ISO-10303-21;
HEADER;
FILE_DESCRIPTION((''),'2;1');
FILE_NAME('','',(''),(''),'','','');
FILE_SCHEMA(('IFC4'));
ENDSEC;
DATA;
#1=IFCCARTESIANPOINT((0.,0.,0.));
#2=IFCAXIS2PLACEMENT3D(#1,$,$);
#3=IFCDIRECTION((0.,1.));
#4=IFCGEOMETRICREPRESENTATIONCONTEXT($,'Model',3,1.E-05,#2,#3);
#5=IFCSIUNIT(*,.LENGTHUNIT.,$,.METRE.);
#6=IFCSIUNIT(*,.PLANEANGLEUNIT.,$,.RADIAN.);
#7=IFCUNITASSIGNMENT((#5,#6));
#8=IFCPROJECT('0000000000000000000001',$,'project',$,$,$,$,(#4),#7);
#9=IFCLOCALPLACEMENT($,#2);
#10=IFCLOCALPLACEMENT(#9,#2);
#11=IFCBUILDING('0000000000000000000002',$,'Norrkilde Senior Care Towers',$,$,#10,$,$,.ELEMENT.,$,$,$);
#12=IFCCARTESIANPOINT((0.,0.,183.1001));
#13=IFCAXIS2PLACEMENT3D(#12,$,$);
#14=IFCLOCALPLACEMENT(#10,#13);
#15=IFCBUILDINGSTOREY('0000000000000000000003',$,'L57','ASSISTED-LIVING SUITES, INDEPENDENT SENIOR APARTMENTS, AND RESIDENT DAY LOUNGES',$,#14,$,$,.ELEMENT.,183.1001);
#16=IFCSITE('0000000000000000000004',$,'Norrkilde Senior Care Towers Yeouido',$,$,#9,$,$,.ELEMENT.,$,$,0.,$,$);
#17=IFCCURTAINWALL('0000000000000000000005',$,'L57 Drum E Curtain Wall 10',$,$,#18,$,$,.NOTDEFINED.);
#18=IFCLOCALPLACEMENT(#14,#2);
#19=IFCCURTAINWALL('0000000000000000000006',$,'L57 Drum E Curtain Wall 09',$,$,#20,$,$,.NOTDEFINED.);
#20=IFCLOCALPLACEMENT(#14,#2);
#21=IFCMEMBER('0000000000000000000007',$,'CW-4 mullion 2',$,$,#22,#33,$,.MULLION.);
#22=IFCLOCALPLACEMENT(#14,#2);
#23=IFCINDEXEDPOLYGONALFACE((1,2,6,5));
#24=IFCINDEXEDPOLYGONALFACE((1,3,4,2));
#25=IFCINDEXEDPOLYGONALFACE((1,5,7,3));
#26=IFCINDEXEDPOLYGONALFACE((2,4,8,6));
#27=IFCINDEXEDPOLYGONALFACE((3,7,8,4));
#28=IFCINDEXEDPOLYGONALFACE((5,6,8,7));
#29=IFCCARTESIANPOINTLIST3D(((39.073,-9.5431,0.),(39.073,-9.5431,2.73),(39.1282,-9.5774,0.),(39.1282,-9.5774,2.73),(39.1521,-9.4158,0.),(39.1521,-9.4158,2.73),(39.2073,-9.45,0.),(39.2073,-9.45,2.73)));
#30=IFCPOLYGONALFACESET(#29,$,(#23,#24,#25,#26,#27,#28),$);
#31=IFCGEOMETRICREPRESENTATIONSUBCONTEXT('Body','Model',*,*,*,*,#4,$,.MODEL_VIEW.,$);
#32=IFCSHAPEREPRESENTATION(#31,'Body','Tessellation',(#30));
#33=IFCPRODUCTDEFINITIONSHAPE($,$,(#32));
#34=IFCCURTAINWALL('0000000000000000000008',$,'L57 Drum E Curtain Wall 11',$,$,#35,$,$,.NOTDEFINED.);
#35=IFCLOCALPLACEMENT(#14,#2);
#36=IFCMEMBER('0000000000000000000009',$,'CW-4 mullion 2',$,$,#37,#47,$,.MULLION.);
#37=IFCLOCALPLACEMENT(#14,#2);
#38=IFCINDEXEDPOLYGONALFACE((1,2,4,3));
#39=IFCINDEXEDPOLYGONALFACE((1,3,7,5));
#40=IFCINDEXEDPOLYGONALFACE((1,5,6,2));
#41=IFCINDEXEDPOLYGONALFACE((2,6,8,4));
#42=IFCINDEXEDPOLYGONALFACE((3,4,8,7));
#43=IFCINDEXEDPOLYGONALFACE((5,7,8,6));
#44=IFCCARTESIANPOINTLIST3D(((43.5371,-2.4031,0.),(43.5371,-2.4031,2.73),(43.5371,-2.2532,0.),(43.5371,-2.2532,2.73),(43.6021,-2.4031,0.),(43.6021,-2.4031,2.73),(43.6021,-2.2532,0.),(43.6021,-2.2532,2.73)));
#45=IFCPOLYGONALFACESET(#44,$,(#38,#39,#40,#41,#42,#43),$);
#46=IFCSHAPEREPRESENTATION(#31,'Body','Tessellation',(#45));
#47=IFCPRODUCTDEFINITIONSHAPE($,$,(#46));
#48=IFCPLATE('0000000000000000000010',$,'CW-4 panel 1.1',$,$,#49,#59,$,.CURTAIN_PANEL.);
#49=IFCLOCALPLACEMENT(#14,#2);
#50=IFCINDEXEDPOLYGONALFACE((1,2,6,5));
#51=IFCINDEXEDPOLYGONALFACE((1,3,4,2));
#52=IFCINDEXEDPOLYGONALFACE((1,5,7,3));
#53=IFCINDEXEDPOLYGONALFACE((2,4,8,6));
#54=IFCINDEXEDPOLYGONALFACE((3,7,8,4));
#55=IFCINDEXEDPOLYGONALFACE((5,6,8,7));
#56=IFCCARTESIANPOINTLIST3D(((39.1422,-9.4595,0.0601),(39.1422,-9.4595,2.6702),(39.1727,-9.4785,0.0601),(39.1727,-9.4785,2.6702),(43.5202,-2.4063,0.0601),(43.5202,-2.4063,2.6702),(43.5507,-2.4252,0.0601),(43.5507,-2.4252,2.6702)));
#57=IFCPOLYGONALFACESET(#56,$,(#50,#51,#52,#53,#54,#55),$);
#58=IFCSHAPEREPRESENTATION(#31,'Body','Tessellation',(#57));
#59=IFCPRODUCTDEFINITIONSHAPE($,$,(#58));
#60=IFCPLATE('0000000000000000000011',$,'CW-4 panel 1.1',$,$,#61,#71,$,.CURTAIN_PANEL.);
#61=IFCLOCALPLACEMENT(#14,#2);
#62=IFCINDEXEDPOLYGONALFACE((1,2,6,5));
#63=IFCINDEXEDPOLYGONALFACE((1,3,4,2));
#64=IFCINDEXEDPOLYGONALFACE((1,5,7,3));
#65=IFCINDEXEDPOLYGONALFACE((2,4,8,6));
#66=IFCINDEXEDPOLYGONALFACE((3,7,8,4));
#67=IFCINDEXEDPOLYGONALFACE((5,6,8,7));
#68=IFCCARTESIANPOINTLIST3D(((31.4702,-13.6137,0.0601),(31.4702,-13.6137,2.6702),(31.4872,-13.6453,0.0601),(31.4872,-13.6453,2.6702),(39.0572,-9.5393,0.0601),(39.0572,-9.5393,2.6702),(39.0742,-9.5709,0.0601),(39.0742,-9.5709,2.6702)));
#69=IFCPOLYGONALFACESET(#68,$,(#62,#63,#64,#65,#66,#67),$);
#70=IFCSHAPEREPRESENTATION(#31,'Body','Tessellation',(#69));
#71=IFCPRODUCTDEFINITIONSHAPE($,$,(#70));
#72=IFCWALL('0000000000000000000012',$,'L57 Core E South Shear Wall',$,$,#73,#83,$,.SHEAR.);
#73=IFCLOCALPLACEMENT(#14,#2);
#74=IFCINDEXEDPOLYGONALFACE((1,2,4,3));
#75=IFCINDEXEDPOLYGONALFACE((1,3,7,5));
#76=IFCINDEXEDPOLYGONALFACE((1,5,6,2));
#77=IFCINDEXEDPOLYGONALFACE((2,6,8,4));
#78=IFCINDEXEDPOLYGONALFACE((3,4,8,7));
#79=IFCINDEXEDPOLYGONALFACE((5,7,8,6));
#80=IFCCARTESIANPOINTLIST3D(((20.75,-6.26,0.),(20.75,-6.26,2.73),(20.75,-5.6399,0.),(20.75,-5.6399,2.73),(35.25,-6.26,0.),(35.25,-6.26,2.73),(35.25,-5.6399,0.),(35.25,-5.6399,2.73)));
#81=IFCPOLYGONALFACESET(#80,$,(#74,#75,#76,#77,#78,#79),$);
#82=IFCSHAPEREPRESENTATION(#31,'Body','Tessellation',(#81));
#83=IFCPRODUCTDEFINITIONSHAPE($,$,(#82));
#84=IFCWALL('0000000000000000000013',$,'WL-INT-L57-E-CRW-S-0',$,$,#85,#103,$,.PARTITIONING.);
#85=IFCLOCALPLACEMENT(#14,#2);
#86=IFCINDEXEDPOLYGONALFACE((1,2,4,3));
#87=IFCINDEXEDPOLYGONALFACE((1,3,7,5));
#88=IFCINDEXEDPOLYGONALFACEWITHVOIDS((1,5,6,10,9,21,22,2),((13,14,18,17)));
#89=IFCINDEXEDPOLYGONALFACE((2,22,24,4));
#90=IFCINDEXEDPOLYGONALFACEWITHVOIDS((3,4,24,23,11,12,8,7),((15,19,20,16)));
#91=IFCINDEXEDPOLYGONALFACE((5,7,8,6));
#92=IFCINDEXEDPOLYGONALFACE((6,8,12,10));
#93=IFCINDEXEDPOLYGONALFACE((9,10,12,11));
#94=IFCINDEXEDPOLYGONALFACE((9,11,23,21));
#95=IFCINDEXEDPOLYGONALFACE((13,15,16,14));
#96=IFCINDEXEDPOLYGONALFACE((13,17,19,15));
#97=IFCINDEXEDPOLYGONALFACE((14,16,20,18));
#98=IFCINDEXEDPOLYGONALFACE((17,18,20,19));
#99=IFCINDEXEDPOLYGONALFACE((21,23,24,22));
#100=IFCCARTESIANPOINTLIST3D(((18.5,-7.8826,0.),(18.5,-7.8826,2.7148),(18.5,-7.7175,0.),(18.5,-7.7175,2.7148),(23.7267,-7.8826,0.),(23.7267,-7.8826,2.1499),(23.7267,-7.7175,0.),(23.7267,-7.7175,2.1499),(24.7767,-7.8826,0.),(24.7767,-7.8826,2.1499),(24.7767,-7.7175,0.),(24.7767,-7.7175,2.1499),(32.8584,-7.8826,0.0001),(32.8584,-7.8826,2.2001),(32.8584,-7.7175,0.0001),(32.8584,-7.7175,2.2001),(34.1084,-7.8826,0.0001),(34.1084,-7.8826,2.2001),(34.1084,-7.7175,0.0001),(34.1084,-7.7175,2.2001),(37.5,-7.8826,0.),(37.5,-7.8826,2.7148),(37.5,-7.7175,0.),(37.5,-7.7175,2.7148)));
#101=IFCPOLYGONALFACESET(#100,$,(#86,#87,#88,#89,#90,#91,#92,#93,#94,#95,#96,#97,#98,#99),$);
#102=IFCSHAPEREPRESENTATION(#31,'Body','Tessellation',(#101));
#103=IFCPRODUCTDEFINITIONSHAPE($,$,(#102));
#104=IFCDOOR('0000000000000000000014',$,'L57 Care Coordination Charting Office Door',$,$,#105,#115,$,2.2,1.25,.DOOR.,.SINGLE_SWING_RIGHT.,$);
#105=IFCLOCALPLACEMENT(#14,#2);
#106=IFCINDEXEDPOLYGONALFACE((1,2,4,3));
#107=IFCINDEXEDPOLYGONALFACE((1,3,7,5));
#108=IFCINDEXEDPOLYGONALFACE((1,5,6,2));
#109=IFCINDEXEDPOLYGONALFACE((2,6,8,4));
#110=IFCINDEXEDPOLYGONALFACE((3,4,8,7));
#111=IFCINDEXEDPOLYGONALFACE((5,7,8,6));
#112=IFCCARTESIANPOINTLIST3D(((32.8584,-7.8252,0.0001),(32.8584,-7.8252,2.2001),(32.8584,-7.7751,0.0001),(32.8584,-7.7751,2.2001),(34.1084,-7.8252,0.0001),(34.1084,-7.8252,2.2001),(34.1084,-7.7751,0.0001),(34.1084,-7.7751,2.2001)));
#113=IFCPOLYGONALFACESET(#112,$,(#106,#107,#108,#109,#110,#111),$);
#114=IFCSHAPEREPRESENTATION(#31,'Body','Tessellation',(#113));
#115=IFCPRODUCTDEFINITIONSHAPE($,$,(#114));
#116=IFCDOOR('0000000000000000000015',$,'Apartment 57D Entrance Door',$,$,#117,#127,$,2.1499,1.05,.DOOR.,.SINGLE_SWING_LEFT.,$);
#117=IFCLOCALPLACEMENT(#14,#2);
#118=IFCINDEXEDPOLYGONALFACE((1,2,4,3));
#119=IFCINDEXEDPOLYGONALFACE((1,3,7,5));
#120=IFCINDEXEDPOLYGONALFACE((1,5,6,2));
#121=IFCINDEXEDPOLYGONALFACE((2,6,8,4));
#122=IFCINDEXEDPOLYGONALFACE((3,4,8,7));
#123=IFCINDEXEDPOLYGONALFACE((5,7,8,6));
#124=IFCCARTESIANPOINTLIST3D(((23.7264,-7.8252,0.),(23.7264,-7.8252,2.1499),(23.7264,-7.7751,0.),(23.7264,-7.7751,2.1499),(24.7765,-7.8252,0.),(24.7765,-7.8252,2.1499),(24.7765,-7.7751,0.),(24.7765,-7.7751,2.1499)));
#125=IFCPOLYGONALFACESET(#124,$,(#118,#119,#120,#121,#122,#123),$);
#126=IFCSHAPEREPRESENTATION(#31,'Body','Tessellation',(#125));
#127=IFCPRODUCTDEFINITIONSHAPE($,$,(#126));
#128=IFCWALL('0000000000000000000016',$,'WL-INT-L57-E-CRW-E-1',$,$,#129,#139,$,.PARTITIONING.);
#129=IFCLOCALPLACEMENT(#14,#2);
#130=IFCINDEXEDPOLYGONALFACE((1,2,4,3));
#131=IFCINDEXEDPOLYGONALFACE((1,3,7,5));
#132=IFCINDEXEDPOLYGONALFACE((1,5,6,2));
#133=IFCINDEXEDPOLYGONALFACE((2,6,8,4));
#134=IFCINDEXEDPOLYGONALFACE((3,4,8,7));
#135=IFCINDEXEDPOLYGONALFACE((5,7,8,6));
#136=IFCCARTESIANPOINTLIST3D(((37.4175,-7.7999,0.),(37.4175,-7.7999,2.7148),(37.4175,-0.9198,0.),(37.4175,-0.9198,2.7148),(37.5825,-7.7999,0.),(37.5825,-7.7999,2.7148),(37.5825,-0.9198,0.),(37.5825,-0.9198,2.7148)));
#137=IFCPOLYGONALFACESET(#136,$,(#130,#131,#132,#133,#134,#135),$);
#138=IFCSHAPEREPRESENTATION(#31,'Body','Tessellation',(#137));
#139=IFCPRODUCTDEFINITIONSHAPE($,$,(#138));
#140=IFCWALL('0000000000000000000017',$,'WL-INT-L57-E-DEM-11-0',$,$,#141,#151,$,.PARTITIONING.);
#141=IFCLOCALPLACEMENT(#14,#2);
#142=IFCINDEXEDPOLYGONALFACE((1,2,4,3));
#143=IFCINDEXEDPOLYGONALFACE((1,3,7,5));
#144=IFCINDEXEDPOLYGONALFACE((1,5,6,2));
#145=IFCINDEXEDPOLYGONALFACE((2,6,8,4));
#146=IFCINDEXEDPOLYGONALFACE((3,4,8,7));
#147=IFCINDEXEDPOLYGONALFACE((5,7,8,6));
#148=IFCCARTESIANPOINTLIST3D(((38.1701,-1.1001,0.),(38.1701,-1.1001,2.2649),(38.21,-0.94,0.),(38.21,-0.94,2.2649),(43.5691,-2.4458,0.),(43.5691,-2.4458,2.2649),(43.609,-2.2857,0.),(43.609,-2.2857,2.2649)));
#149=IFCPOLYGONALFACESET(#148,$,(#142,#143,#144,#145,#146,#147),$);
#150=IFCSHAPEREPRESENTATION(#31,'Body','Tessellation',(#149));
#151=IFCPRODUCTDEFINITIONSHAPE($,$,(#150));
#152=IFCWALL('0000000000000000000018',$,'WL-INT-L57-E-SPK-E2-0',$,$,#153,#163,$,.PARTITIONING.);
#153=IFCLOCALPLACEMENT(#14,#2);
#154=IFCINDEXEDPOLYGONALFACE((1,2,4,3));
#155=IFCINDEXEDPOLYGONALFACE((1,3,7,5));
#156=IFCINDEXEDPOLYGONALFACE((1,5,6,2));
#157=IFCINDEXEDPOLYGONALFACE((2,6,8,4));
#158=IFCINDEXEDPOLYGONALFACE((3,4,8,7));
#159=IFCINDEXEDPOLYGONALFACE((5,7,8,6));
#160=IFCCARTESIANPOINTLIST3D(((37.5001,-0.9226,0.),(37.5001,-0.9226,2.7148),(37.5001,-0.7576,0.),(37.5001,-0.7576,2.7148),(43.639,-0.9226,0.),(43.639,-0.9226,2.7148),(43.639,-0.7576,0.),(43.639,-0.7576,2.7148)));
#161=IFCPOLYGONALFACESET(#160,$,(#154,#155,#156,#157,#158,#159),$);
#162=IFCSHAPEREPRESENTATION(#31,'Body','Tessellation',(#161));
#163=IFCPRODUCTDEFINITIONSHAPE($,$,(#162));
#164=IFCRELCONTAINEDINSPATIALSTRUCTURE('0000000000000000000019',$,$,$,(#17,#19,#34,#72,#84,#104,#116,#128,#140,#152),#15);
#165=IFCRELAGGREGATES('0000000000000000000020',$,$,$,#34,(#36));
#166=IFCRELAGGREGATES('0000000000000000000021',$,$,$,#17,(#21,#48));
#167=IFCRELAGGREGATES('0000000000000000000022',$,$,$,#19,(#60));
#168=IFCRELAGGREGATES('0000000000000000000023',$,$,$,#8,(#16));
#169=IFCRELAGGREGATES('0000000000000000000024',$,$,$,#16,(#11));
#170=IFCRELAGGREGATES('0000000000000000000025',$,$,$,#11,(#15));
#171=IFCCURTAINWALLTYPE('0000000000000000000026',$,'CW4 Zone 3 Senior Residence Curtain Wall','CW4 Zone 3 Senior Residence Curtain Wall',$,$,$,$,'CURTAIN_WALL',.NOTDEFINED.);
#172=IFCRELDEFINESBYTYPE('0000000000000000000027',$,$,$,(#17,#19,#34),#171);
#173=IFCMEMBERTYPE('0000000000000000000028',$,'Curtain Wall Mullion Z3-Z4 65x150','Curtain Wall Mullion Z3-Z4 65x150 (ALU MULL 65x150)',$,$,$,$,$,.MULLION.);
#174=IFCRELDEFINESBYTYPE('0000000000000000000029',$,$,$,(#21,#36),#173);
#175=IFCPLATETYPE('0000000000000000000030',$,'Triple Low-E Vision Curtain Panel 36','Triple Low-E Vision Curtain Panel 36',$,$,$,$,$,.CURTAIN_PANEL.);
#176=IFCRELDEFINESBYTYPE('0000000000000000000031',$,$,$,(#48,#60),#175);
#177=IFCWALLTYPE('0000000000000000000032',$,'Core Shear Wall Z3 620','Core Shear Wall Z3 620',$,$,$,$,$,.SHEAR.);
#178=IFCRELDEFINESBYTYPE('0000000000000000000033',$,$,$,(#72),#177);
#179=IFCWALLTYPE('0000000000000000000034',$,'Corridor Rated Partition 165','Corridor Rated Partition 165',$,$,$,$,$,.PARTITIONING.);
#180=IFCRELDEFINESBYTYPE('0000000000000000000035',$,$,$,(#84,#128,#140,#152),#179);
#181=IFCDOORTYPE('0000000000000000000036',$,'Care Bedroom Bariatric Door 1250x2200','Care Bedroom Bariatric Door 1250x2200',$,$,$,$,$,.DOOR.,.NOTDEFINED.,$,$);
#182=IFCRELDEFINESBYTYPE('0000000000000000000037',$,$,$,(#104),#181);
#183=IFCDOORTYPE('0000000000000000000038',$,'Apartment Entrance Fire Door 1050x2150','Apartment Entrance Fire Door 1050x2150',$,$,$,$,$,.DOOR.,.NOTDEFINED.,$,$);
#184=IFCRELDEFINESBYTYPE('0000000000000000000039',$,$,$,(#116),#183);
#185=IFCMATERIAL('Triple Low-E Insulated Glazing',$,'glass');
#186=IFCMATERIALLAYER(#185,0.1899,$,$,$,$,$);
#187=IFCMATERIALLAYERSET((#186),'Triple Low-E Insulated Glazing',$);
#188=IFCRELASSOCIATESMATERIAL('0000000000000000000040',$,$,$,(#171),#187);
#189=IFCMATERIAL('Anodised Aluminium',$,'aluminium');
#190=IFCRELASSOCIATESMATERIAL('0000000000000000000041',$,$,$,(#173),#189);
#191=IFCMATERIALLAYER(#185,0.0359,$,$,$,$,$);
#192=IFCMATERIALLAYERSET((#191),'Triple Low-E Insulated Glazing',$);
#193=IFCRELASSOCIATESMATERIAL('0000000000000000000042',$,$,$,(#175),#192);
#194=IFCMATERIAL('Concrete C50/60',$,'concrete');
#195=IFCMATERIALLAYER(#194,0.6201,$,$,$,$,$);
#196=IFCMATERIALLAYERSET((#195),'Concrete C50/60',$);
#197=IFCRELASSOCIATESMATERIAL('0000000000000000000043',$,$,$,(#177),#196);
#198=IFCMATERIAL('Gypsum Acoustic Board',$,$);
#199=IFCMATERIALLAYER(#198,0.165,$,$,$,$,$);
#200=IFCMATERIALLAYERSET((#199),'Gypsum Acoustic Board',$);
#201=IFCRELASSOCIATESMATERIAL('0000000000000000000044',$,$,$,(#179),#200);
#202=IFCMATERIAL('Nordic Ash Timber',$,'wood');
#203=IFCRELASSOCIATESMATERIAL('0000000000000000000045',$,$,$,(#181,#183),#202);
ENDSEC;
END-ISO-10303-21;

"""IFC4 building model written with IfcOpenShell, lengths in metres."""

from ifc_helpers import new_model, si_unit, direction, frame, frame_2d, origin, origin_2d, place, context, subcontext, project, spatial, rectangle, extrude, source, transform, mapped, material, layer, layer_set, material_profile, profile_set, type_object, type_shapes, element, fill, aggregate, save


model = new_model("IFC4")

# Units and contexts
model_context = context("Model", 3, precision=1e-05, world=origin(), true_north=direction((0.0, 1.0)))
body_context = subcontext(model_context, "Body", "Model", "MODEL_VIEW")
ifc_project = project(units=[si_unit("LENGTHUNIT", "METRE"), si_unit("PLANEANGLEUNIT", "RADIAN")], contexts=[model_context])

# Site, building, storey
site_placement = place(None, origin())
site = spatial("IfcSite", under=ifc_project, at=site_placement, Name="Norrkilde Senior Care Towers Yeouido", CompositionType="ELEMENT", RefElevation=0.0)
building_placement = place(site_placement, origin())
building = spatial("IfcBuilding", under=site, at=building_placement, Name="Norrkilde Senior Care Towers", CompositionType="ELEMENT")
storey_placement = place(building_placement, frame((0.0, 0.0, 183.1001)))
storey = spatial("IfcBuildingStorey", under=building, at=storey_placement, Name="L57", Description="ASSISTED-LIVING SUITES, INDEPENDENT SENIOR APARTMENTS, AND RESIDENT DAY LOUNGES", CompositionType="ELEMENT", Elevation=183.1001)

# Shared definitions
ifc_material_1 = material(Name="Concrete C50/60", Category="concrete")

# Curtain walls
ifc_material_2 = material(Name="Triple Low-E Insulated Glazing", Category="glass")
ifc_layer_1 = layer(ifc_material_2, 0.1899)
ifc_layer_set_1 = layer_set([ifc_layer_1], Name="Triple Low-E Insulated Glazing")
curtain_wall_type = type_object("IfcCurtainWallType", Name="CW4 Zone 3 Senior Residence Curtain Wall", Description="CW4 Zone 3 Senior Residence Curtain Wall", ElementType="CURTAIN_WALL", PredefinedType="NOTDEFINED", material=ifc_layer_set_1)
curtain_wall_1_placement = place(storey_placement, origin())
curtain_wall_1 = element("IfcCurtainWall", 1, at=curtain_wall_1_placement, inside=storey, type_object=curtain_wall_type, Name="L57 Drum E Curtain Wall 10", PredefinedType="NOTDEFINED")
ifc_material_3 = material(Name="Anodised Aluminium", Category="aluminium")
curtain_wall_2_placement = place(storey_placement, origin())
curtain_wall_2 = element("IfcCurtainWall", 2, at=curtain_wall_2_placement, inside=storey, type_object=curtain_wall_type, Name="L57 Drum E Curtain Wall 09", PredefinedType="NOTDEFINED")
ifc_material_profile_1 = material_profile(ifc_material_3, rectangle(XDim=0.0649, YDim=0.1499, at=origin_2d()), Name="ALU MULL 65x150")
ifc_profile_set_1 = profile_set([ifc_material_profile_1], Name="Anodised Aluminium")
member_type_1 = type_object("IfcMemberType", Name="Curtain Wall Mullion Z3-Z4 65x150", Description="Curtain Wall Mullion Z3-Z4 65x150 (ALU MULL 65x150)", PredefinedType="MULLION", material=ifc_profile_set_1)
shared_shape_1 = source(origin(), body_context, "Body", "SweptSolid", [
    extrude(rectangle(XDim=0.0649, YDim=0.1499, at=origin_2d()), origin(), (0.0, 0.0, 1.0), 2.73),
])
type_shapes(member_type_1, [shared_shape_1])

# Member
member_1_placement = place(storey_placement, frame((39.1401, -9.4966, 0.0), z_axis=(0.0, 0.0, 1.0), x_axis=(0.849634, -0.527373, 0.0)))
member_1 = element("IfcMember", 3, at=member_1_placement, type_object=member_type_1, Name="CW-4 mullion 2", PredefinedType="MULLION", context=body_context, shape_type="MappedRepresentation", body=[
    mapped(shared_shape_1, transform((0.0, 0.0, 0.0), x_axis=(1.0, 0.0, 0.0), y_axis=(0.0, 1.0, 0.0), z_axis=(0.0, 0.0, 1.0), scale=1.0)),
])

# Curtain wall, member
curtain_wall_3_placement = place(storey_placement, origin())
curtain_wall_3 = element("IfcCurtainWall", 4, at=curtain_wall_3_placement, inside=storey, type_object=curtain_wall_type, Name="L57 Drum E Curtain Wall 11", PredefinedType="NOTDEFINED")
member_2_placement = place(storey_placement, frame((43.5696, -2.3281, 0.0), z_axis=(0.0, 0.0, 1.0), x_axis=(1.0, 0.0, 0.0)))
member_2 = element("IfcMember", 5, at=member_2_placement, type_object=member_type_1, Name="CW-4 mullion 2", PredefinedType="MULLION", context=body_context, shape_type="MappedRepresentation", body=[
    mapped(shared_shape_1, transform((0.0, 0.0, 0.0), x_axis=(1.0, 0.0, 0.0), y_axis=(0.0, 1.0, 0.0), z_axis=(0.0, 0.0, 1.0), scale=1.0)),
])
aggregate(curtain_wall_3, [member_2])

# Plates
ifc_layer_2 = layer(ifc_material_2, 0.0359)
ifc_layer_set_2 = layer_set([ifc_layer_2], Name="Triple Low-E Insulated Glazing")
plate_type = type_object("IfcPlateType", Name="Triple Low-E Vision Curtain Panel 36", Description="Triple Low-E Vision Curtain Panel 36", PredefinedType="CURTAIN_PANEL", material=ifc_layer_set_2)
shared_shape_2 = source(origin(), body_context, "Body", "SweptSolid", [
    extrude(rectangle(XDim=8.3015, YDim=0.0359, at=origin_2d()), origin(), (0.0, 0.0, 1.0), 2.6101),
])
plate_1_placement = place(storey_placement, frame((41.3464, -5.9424, 0.0601), z_axis=(0.0, 0.0, 1.0), x_axis=(-0.527373, -0.849634, 0.0)))
plate_1 = element("IfcPlate", 6, at=plate_1_placement, type_object=plate_type, Name="CW-4 panel 1.1", PredefinedType="CURTAIN_PANEL", context=body_context, shape_type="MappedRepresentation", body=[
    mapped(shared_shape_2, transform((0.0, 0.0, 0.0), x_axis=(1.0, 0.0, 0.0), y_axis=(0.0, 1.0, 0.0), z_axis=(0.0, 0.0, 1.0), scale=1.0)),
])
aggregate(curtain_wall_1, [member_1, plate_1])
shared_shape_3 = source(origin(), body_context, "Body", "SweptSolid", [
    extrude(rectangle(XDim=8.6118, YDim=0.0359, at=origin_2d()), origin(), (0.0, 0.0, 1.0), 2.6101),
])
type_shapes(plate_type, [shared_shape_2, shared_shape_3])
plate_2_placement = place(storey_placement, frame((35.2722, -11.5923, 0.0601), z_axis=(0.0, 0.0, 1.0), x_axis=(-0.881, -0.473117, 0.0)))
plate_2 = element("IfcPlate", 7, at=plate_2_placement, type_object=plate_type, Name="CW-4 panel 1.1", PredefinedType="CURTAIN_PANEL", context=body_context, shape_type="MappedRepresentation", body=[
    mapped(shared_shape_3, transform((0.0, 0.0, 0.0), x_axis=(1.0, 0.0, 0.0), y_axis=(0.0, 1.0, 0.0), z_axis=(0.0, 0.0, 1.0), scale=1.0)),
])
aggregate(curtain_wall_2, [plate_2])

# Wall
ifc_layer_3 = layer(ifc_material_1, 0.6201)
ifc_layer_set_3 = layer_set([ifc_layer_3], Name="Concrete C50/60")
wall_type_1 = type_object("IfcWallType", Name="Core Shear Wall Z3 620", Description="Core Shear Wall Z3 620", PredefinedType="SHEAR", material=ifc_layer_set_3)
shared_shape_4 = source(origin(), body_context, "Body", "SweptSolid", [
    extrude(rectangle(XDim=14.5, YDim=0.6201, at=frame_2d((7.25, 0.0))), origin(), (0.0, 0.0, 1.0), 2.73),
])
type_shapes(wall_type_1, [shared_shape_4])
wall_1_placement = place(storey_placement, frame((35.25, -5.95, 0.0), z_axis=(0.0, 0.0, 1.0), x_axis=(-1.0, 0.0, 0.0)))
element("IfcWall", 8, at=wall_1_placement, inside=storey, type_object=wall_type_1, Name="L57 Core E South Shear Wall", PredefinedType="SHEAR", context=body_context, shape_type="MappedRepresentation", body=[
    mapped(shared_shape_4, transform((0.0, 0.0, 0.0), x_axis=(1.0, 0.0, 0.0), y_axis=(0.0, 1.0, 0.0), z_axis=(0.0, 0.0, 1.0), scale=1.0)),
])

# Wall, openings, doors
ifc_material_4 = material(Name="Gypsum Acoustic Board")
ifc_layer_4 = layer(ifc_material_4, 0.165)
ifc_layer_set_4 = layer_set([ifc_layer_4], Name="Gypsum Acoustic Board")
wall_type_2 = type_object("IfcWallType", Name="Corridor Rated Partition 165", Description="Corridor Rated Partition 165", PredefinedType="PARTITIONING", material=ifc_layer_set_4)
shared_shape_5 = source(origin(), body_context, "Body", "SweptSolid", [
    extrude(rectangle(XDim=19.0, YDim=0.165, at=frame_2d((9.5, 0.0))), origin(), (0.0, 0.0, 1.0), 2.7148),
])
wall_2_placement = place(storey_placement, frame((37.5, -7.8, 0.0), z_axis=(0.0, 0.0, 1.0), x_axis=(-1.0, 0.0, 0.0)))
wall_2 = element("IfcWall", 9, at=wall_2_placement, inside=storey, type_object=wall_type_2, Name="WL-INT-L57-E-CRW-S-0", PredefinedType="PARTITIONING", context=body_context, shape_type="MappedRepresentation", body=[
    mapped(shared_shape_5, transform((0.0, 0.0, 0.0), x_axis=(1.0, 0.0, 0.0), y_axis=(0.0, 1.0, 0.0), z_axis=(0.0, 0.0, 1.0), scale=1.0)),
])
opening_1_placement = place(wall_2_placement, frame((12.7234, 0.0, 0.0)))
opening_1 = element("IfcOpeningElement", 10, at=opening_1_placement, cuts=wall_2, PredefinedType="OPENING", context=body_context, shape_type="SweptSolid", body=[
    extrude(rectangle(XDim=1.05, YDim=2.1499, at=frame_2d((0.5249, 1.075))), frame((0.0, 0.0925, 0.0), z_axis=(0.0, -1.0, 0.0), x_axis=(1.0, 0.0, 0.0)), (0.0, 0.0, 1.0), 0.1851),
])
opening_2_placement = place(wall_2_placement, frame((3.3916, 0.0, 0.0)))
opening_2 = element("IfcOpeningElement", 11, at=opening_2_placement, cuts=wall_2, PredefinedType="OPENING", context=body_context, shape_type="SweptSolid", body=[
    extrude(rectangle(XDim=1.25, YDim=2.2, at=frame_2d((0.625, 1.1001))), frame((0.0, 0.0925, 0.0), z_axis=(0.0, -1.0, 0.0), x_axis=(1.0, 0.0, 0.0)), (0.0, 0.0, 1.0), 0.1851),
])
ifc_material_5 = material(Name="Nordic Ash Timber", Category="wood")
door_type_1 = type_object("IfcDoorType", Name="Care Bedroom Bariatric Door 1250x2200", Description="Care Bedroom Bariatric Door 1250x2200", OperationType="NOTDEFINED", PredefinedType="DOOR", material=ifc_material_5)
shared_shape_6 = source(origin(), body_context, "Body", "SweptSolid", [
    extrude(rectangle(XDim=1.25, YDim=2.2, at=frame_2d((0.625, 1.1001))), frame((0.0, 0.0249, 0.0), z_axis=(0.0, -1.0, 0.0), x_axis=(1.0, 0.0, 0.0)), (0.0, 0.0, 1.0), 0.05),
])
type_shapes(door_type_1, [shared_shape_6])
door_1_placement = place(opening_2_placement, frame((1.25, 0.0, 0.0), z_axis=(0.0, 0.0, 1.0), x_axis=(-1.0, 0.0, 0.0)))
door_1 = element("IfcDoor", 12, at=door_1_placement, inside=storey, type_object=door_type_1, Name="L57 Care Coordination Charting Office Door", OperationType="SINGLE_SWING_RIGHT", OverallHeight=2.2, OverallWidth=1.25, PredefinedType="DOOR", context=body_context, shape_type="MappedRepresentation", body=[
    mapped(shared_shape_6, transform((0.0, 0.0, 0.0), x_axis=(1.0, 0.0, 0.0), y_axis=(0.0, 1.0, 0.0), z_axis=(0.0, 0.0, 1.0), scale=1.0)),
])
fill(opening_2, door_1)
door_type_2 = type_object("IfcDoorType", Name="Apartment Entrance Fire Door 1050x2150", Description="Apartment Entrance Fire Door 1050x2150", OperationType="NOTDEFINED", PredefinedType="DOOR", material=ifc_material_5)
shared_shape_7 = source(origin(), body_context, "Body", "SweptSolid", [
    extrude(rectangle(XDim=1.05, YDim=2.1499, at=frame_2d((0.5249, 1.075))), frame((0.0, 0.0249, 0.0), z_axis=(0.0, -1.0, 0.0), x_axis=(1.0, 0.0, 0.0)), (0.0, 0.0, 1.0), 0.05),
])
type_shapes(door_type_2, [shared_shape_7])
door_2_placement = place(opening_1_placement, frame((1.05, 0.0, 0.0), z_axis=(0.0, 0.0, 1.0), x_axis=(-1.0, 0.0, 0.0)))
door_2 = element("IfcDoor", 13, at=door_2_placement, inside=storey, type_object=door_type_2, Name="Apartment 57D Entrance Door", OperationType="SINGLE_SWING_LEFT", OverallHeight=2.1499, OverallWidth=1.05, PredefinedType="DOOR", context=body_context, shape_type="MappedRepresentation", body=[
    mapped(shared_shape_7, transform((0.0, 0.0, 0.0), x_axis=(1.0, 0.0, 0.0), y_axis=(0.0, 1.0, 0.0), z_axis=(0.0, 0.0, 1.0), scale=1.0)),
])
fill(opening_1, door_2)

# Walls
shared_shape_8 = source(origin(), body_context, "Body", "SweptSolid", [
    extrude(rectangle(XDim=6.8801, YDim=0.165, at=frame_2d((3.4399, 0.0))), origin(), (0.0, 0.0, 1.0), 2.7148),
])
wall_3_placement = place(storey_placement, frame((37.5, -0.9199, 0.0), z_axis=(0.0, 0.0, 1.0), x_axis=(0.0, -1.0, 0.0)))
element("IfcWall", 14, at=wall_3_placement, inside=storey, type_object=wall_type_2, Name="WL-INT-L57-E-CRW-E-1", PredefinedType="PARTITIONING", context=body_context, shape_type="MappedRepresentation", body=[
    mapped(shared_shape_8, transform((0.0, 0.0, 0.0), x_axis=(1.0, 0.0, 0.0), y_axis=(0.0, 1.0, 0.0), z_axis=(0.0, 0.0, 1.0), scale=1.0)),
])
shared_shape_9 = source(origin(), body_context, "Body", "SweptSolid", [
    extrude(rectangle(XDim=5.5642, YDim=0.165, at=frame_2d((2.7822, 0.0))), origin(), (0.0, 0.0, 1.0), 2.2649),
])
wall_4_placement = place(storey_placement, frame((38.1899, -1.02, 0.0), z_axis=(0.0, 0.0, 1.0), x_axis=(0.970313, -0.241854, 0.0)))
element("IfcWall", 15, at=wall_4_placement, inside=storey, type_object=wall_type_2, Name="WL-INT-L57-E-DEM-11-0", PredefinedType="PARTITIONING", context=body_context, shape_type="MappedRepresentation", body=[
    mapped(shared_shape_9, transform((0.0, 0.0, 0.0), x_axis=(1.0, 0.0, 0.0), y_axis=(0.0, 1.0, 0.0), z_axis=(0.0, 0.0, 1.0), scale=1.0)),
])
shared_shape_10 = source(origin(), body_context, "Body", "SweptSolid", [
    extrude(rectangle(XDim=6.1389, YDim=0.165, at=frame_2d((3.0693, 0.0))), origin(), (0.0, 0.0, 1.0), 2.7148),
])
type_shapes(wall_type_2, [shared_shape_5, shared_shape_8, shared_shape_9, shared_shape_10])
wall_5_placement = place(storey_placement, frame((43.6389, -0.8401, 0.0), z_axis=(0.0, 0.0, 1.0), x_axis=(-1.0, 0.0, 0.0)))
element("IfcWall", 16, at=wall_5_placement, inside=storey, type_object=wall_type_2, Name="WL-INT-L57-E-SPK-E2-0", PredefinedType="PARTITIONING", context=body_context, shape_type="MappedRepresentation", body=[
    mapped(shared_shape_10, transform((0.0, 0.0, 0.0), x_axis=(1.0, 0.0, 0.0), y_axis=(0.0, 1.0, 0.0), z_axis=(0.0, 0.0, 1.0), scale=1.0)),
])

save(model, "model.ifc")
